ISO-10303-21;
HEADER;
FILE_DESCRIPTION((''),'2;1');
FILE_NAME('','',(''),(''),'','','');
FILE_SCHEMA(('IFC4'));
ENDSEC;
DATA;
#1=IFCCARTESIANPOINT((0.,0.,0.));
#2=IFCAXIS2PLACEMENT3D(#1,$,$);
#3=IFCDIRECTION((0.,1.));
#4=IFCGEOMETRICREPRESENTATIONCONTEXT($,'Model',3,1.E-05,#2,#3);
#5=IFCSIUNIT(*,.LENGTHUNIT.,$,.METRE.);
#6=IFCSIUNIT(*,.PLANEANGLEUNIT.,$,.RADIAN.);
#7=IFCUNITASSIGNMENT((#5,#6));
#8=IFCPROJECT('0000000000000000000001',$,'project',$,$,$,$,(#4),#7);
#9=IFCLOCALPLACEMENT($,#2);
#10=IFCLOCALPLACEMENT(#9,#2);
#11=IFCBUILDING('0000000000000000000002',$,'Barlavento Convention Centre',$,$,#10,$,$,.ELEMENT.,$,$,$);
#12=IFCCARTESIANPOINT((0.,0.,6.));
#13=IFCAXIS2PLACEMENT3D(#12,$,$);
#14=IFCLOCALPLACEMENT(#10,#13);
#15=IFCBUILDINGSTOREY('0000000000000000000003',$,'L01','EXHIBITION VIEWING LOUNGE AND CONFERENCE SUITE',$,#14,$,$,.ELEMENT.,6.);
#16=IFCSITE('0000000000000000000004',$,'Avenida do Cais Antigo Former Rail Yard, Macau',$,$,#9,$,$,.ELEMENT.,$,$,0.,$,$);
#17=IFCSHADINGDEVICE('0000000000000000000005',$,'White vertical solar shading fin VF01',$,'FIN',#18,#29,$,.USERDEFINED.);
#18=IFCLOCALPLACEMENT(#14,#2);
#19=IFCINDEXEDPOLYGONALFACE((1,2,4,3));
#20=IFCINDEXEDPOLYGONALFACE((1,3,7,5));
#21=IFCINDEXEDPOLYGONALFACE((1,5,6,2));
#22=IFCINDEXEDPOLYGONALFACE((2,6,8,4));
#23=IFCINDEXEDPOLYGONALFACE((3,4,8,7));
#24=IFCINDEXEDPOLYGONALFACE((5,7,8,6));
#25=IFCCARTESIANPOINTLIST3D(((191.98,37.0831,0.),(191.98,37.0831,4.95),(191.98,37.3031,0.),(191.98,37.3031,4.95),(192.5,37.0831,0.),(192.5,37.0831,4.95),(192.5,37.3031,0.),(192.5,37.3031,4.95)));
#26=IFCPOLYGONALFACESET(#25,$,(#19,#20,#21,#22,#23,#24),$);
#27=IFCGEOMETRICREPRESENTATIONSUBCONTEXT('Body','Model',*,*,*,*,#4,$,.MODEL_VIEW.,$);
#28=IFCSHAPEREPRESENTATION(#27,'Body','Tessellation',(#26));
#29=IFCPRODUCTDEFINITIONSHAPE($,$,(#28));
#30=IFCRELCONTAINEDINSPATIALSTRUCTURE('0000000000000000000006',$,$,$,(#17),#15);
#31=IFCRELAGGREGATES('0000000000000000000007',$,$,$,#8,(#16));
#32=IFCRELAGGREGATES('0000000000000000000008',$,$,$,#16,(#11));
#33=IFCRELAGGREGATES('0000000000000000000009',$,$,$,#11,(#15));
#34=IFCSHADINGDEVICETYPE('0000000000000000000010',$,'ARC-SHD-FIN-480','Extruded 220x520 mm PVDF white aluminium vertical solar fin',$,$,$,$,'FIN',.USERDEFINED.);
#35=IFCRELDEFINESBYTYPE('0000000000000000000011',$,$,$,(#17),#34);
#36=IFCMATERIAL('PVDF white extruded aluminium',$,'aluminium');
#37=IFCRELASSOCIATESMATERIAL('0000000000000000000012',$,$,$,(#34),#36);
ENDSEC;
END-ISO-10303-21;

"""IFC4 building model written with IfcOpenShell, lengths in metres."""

from ifc_helpers import new_model, si_unit, direction, frame, origin, origin_2d, place, context, subcontext, project, spatial, rectangle, extrude, material, type_object, element, save


model = new_model("IFC4")

# Units and contexts
model_context = context("Model", 3, precision=1e-05, world=origin(), true_north=direction((0.0, 1.0)))
body_context = subcontext(model_context, "Body", "Model", "MODEL_VIEW")
ifc_project = project(units=[si_unit("LENGTHUNIT", "METRE"), si_unit("PLANEANGLEUNIT", "RADIAN")], contexts=[model_context])

# Site, building, storey
site_placement = place(None, origin())
site = spatial("IfcSite", under=ifc_project, at=site_placement, Name="Avenida do Cais Antigo Former Rail Yard, Macau", CompositionType="ELEMENT", RefElevation=0.0)
building_placement = place(site_placement, origin())
building = spatial("IfcBuilding", under=site, at=building_placement, Name="Barlavento Convention Centre", CompositionType="ELEMENT")
storey_placement = place(building_placement, frame((0.0, 0.0, 6.0)))
storey = spatial("IfcBuildingStorey", under=building, at=storey_placement, Name="L01", Description="EXHIBITION VIEWING LOUNGE AND CONFERENCE SUITE", CompositionType="ELEMENT", Elevation=6.0)

# Shading device
ifc_material_1 = material(Name="PVDF white extruded aluminium", Category="aluminium")
shading_device_type = type_object("IfcShadingDeviceType", Name="ARC-SHD-FIN-480", Description="Extruded 220x520 mm PVDF white aluminium vertical solar fin", ElementType="FIN", PredefinedType="USERDEFINED", material=ifc_material_1)
for number, where, z_axis, x_axis, name in (
    (1, (192.24, 37.1931, 0.0), (0.0, 0.0, 1.0), (0.0, 1.0, 0.0), "White vertical solar shading fin VF01"),
):
    element("IfcShadingDevice", number, at=place(storey_placement, frame(where, z_axis=z_axis, x_axis=x_axis)), inside=storey, type_object=shading_device_type, Name=name, ObjectType="FIN", PredefinedType="USERDEFINED", context=body_context, shape_type="SweptSolid", body=[
        extrude(rectangle(XDim=0.22, YDim=0.52, at=origin_2d()), origin(), (0.0, 0.0, 1.0), 4.95),
    ])

save(model, "model.ifc")
